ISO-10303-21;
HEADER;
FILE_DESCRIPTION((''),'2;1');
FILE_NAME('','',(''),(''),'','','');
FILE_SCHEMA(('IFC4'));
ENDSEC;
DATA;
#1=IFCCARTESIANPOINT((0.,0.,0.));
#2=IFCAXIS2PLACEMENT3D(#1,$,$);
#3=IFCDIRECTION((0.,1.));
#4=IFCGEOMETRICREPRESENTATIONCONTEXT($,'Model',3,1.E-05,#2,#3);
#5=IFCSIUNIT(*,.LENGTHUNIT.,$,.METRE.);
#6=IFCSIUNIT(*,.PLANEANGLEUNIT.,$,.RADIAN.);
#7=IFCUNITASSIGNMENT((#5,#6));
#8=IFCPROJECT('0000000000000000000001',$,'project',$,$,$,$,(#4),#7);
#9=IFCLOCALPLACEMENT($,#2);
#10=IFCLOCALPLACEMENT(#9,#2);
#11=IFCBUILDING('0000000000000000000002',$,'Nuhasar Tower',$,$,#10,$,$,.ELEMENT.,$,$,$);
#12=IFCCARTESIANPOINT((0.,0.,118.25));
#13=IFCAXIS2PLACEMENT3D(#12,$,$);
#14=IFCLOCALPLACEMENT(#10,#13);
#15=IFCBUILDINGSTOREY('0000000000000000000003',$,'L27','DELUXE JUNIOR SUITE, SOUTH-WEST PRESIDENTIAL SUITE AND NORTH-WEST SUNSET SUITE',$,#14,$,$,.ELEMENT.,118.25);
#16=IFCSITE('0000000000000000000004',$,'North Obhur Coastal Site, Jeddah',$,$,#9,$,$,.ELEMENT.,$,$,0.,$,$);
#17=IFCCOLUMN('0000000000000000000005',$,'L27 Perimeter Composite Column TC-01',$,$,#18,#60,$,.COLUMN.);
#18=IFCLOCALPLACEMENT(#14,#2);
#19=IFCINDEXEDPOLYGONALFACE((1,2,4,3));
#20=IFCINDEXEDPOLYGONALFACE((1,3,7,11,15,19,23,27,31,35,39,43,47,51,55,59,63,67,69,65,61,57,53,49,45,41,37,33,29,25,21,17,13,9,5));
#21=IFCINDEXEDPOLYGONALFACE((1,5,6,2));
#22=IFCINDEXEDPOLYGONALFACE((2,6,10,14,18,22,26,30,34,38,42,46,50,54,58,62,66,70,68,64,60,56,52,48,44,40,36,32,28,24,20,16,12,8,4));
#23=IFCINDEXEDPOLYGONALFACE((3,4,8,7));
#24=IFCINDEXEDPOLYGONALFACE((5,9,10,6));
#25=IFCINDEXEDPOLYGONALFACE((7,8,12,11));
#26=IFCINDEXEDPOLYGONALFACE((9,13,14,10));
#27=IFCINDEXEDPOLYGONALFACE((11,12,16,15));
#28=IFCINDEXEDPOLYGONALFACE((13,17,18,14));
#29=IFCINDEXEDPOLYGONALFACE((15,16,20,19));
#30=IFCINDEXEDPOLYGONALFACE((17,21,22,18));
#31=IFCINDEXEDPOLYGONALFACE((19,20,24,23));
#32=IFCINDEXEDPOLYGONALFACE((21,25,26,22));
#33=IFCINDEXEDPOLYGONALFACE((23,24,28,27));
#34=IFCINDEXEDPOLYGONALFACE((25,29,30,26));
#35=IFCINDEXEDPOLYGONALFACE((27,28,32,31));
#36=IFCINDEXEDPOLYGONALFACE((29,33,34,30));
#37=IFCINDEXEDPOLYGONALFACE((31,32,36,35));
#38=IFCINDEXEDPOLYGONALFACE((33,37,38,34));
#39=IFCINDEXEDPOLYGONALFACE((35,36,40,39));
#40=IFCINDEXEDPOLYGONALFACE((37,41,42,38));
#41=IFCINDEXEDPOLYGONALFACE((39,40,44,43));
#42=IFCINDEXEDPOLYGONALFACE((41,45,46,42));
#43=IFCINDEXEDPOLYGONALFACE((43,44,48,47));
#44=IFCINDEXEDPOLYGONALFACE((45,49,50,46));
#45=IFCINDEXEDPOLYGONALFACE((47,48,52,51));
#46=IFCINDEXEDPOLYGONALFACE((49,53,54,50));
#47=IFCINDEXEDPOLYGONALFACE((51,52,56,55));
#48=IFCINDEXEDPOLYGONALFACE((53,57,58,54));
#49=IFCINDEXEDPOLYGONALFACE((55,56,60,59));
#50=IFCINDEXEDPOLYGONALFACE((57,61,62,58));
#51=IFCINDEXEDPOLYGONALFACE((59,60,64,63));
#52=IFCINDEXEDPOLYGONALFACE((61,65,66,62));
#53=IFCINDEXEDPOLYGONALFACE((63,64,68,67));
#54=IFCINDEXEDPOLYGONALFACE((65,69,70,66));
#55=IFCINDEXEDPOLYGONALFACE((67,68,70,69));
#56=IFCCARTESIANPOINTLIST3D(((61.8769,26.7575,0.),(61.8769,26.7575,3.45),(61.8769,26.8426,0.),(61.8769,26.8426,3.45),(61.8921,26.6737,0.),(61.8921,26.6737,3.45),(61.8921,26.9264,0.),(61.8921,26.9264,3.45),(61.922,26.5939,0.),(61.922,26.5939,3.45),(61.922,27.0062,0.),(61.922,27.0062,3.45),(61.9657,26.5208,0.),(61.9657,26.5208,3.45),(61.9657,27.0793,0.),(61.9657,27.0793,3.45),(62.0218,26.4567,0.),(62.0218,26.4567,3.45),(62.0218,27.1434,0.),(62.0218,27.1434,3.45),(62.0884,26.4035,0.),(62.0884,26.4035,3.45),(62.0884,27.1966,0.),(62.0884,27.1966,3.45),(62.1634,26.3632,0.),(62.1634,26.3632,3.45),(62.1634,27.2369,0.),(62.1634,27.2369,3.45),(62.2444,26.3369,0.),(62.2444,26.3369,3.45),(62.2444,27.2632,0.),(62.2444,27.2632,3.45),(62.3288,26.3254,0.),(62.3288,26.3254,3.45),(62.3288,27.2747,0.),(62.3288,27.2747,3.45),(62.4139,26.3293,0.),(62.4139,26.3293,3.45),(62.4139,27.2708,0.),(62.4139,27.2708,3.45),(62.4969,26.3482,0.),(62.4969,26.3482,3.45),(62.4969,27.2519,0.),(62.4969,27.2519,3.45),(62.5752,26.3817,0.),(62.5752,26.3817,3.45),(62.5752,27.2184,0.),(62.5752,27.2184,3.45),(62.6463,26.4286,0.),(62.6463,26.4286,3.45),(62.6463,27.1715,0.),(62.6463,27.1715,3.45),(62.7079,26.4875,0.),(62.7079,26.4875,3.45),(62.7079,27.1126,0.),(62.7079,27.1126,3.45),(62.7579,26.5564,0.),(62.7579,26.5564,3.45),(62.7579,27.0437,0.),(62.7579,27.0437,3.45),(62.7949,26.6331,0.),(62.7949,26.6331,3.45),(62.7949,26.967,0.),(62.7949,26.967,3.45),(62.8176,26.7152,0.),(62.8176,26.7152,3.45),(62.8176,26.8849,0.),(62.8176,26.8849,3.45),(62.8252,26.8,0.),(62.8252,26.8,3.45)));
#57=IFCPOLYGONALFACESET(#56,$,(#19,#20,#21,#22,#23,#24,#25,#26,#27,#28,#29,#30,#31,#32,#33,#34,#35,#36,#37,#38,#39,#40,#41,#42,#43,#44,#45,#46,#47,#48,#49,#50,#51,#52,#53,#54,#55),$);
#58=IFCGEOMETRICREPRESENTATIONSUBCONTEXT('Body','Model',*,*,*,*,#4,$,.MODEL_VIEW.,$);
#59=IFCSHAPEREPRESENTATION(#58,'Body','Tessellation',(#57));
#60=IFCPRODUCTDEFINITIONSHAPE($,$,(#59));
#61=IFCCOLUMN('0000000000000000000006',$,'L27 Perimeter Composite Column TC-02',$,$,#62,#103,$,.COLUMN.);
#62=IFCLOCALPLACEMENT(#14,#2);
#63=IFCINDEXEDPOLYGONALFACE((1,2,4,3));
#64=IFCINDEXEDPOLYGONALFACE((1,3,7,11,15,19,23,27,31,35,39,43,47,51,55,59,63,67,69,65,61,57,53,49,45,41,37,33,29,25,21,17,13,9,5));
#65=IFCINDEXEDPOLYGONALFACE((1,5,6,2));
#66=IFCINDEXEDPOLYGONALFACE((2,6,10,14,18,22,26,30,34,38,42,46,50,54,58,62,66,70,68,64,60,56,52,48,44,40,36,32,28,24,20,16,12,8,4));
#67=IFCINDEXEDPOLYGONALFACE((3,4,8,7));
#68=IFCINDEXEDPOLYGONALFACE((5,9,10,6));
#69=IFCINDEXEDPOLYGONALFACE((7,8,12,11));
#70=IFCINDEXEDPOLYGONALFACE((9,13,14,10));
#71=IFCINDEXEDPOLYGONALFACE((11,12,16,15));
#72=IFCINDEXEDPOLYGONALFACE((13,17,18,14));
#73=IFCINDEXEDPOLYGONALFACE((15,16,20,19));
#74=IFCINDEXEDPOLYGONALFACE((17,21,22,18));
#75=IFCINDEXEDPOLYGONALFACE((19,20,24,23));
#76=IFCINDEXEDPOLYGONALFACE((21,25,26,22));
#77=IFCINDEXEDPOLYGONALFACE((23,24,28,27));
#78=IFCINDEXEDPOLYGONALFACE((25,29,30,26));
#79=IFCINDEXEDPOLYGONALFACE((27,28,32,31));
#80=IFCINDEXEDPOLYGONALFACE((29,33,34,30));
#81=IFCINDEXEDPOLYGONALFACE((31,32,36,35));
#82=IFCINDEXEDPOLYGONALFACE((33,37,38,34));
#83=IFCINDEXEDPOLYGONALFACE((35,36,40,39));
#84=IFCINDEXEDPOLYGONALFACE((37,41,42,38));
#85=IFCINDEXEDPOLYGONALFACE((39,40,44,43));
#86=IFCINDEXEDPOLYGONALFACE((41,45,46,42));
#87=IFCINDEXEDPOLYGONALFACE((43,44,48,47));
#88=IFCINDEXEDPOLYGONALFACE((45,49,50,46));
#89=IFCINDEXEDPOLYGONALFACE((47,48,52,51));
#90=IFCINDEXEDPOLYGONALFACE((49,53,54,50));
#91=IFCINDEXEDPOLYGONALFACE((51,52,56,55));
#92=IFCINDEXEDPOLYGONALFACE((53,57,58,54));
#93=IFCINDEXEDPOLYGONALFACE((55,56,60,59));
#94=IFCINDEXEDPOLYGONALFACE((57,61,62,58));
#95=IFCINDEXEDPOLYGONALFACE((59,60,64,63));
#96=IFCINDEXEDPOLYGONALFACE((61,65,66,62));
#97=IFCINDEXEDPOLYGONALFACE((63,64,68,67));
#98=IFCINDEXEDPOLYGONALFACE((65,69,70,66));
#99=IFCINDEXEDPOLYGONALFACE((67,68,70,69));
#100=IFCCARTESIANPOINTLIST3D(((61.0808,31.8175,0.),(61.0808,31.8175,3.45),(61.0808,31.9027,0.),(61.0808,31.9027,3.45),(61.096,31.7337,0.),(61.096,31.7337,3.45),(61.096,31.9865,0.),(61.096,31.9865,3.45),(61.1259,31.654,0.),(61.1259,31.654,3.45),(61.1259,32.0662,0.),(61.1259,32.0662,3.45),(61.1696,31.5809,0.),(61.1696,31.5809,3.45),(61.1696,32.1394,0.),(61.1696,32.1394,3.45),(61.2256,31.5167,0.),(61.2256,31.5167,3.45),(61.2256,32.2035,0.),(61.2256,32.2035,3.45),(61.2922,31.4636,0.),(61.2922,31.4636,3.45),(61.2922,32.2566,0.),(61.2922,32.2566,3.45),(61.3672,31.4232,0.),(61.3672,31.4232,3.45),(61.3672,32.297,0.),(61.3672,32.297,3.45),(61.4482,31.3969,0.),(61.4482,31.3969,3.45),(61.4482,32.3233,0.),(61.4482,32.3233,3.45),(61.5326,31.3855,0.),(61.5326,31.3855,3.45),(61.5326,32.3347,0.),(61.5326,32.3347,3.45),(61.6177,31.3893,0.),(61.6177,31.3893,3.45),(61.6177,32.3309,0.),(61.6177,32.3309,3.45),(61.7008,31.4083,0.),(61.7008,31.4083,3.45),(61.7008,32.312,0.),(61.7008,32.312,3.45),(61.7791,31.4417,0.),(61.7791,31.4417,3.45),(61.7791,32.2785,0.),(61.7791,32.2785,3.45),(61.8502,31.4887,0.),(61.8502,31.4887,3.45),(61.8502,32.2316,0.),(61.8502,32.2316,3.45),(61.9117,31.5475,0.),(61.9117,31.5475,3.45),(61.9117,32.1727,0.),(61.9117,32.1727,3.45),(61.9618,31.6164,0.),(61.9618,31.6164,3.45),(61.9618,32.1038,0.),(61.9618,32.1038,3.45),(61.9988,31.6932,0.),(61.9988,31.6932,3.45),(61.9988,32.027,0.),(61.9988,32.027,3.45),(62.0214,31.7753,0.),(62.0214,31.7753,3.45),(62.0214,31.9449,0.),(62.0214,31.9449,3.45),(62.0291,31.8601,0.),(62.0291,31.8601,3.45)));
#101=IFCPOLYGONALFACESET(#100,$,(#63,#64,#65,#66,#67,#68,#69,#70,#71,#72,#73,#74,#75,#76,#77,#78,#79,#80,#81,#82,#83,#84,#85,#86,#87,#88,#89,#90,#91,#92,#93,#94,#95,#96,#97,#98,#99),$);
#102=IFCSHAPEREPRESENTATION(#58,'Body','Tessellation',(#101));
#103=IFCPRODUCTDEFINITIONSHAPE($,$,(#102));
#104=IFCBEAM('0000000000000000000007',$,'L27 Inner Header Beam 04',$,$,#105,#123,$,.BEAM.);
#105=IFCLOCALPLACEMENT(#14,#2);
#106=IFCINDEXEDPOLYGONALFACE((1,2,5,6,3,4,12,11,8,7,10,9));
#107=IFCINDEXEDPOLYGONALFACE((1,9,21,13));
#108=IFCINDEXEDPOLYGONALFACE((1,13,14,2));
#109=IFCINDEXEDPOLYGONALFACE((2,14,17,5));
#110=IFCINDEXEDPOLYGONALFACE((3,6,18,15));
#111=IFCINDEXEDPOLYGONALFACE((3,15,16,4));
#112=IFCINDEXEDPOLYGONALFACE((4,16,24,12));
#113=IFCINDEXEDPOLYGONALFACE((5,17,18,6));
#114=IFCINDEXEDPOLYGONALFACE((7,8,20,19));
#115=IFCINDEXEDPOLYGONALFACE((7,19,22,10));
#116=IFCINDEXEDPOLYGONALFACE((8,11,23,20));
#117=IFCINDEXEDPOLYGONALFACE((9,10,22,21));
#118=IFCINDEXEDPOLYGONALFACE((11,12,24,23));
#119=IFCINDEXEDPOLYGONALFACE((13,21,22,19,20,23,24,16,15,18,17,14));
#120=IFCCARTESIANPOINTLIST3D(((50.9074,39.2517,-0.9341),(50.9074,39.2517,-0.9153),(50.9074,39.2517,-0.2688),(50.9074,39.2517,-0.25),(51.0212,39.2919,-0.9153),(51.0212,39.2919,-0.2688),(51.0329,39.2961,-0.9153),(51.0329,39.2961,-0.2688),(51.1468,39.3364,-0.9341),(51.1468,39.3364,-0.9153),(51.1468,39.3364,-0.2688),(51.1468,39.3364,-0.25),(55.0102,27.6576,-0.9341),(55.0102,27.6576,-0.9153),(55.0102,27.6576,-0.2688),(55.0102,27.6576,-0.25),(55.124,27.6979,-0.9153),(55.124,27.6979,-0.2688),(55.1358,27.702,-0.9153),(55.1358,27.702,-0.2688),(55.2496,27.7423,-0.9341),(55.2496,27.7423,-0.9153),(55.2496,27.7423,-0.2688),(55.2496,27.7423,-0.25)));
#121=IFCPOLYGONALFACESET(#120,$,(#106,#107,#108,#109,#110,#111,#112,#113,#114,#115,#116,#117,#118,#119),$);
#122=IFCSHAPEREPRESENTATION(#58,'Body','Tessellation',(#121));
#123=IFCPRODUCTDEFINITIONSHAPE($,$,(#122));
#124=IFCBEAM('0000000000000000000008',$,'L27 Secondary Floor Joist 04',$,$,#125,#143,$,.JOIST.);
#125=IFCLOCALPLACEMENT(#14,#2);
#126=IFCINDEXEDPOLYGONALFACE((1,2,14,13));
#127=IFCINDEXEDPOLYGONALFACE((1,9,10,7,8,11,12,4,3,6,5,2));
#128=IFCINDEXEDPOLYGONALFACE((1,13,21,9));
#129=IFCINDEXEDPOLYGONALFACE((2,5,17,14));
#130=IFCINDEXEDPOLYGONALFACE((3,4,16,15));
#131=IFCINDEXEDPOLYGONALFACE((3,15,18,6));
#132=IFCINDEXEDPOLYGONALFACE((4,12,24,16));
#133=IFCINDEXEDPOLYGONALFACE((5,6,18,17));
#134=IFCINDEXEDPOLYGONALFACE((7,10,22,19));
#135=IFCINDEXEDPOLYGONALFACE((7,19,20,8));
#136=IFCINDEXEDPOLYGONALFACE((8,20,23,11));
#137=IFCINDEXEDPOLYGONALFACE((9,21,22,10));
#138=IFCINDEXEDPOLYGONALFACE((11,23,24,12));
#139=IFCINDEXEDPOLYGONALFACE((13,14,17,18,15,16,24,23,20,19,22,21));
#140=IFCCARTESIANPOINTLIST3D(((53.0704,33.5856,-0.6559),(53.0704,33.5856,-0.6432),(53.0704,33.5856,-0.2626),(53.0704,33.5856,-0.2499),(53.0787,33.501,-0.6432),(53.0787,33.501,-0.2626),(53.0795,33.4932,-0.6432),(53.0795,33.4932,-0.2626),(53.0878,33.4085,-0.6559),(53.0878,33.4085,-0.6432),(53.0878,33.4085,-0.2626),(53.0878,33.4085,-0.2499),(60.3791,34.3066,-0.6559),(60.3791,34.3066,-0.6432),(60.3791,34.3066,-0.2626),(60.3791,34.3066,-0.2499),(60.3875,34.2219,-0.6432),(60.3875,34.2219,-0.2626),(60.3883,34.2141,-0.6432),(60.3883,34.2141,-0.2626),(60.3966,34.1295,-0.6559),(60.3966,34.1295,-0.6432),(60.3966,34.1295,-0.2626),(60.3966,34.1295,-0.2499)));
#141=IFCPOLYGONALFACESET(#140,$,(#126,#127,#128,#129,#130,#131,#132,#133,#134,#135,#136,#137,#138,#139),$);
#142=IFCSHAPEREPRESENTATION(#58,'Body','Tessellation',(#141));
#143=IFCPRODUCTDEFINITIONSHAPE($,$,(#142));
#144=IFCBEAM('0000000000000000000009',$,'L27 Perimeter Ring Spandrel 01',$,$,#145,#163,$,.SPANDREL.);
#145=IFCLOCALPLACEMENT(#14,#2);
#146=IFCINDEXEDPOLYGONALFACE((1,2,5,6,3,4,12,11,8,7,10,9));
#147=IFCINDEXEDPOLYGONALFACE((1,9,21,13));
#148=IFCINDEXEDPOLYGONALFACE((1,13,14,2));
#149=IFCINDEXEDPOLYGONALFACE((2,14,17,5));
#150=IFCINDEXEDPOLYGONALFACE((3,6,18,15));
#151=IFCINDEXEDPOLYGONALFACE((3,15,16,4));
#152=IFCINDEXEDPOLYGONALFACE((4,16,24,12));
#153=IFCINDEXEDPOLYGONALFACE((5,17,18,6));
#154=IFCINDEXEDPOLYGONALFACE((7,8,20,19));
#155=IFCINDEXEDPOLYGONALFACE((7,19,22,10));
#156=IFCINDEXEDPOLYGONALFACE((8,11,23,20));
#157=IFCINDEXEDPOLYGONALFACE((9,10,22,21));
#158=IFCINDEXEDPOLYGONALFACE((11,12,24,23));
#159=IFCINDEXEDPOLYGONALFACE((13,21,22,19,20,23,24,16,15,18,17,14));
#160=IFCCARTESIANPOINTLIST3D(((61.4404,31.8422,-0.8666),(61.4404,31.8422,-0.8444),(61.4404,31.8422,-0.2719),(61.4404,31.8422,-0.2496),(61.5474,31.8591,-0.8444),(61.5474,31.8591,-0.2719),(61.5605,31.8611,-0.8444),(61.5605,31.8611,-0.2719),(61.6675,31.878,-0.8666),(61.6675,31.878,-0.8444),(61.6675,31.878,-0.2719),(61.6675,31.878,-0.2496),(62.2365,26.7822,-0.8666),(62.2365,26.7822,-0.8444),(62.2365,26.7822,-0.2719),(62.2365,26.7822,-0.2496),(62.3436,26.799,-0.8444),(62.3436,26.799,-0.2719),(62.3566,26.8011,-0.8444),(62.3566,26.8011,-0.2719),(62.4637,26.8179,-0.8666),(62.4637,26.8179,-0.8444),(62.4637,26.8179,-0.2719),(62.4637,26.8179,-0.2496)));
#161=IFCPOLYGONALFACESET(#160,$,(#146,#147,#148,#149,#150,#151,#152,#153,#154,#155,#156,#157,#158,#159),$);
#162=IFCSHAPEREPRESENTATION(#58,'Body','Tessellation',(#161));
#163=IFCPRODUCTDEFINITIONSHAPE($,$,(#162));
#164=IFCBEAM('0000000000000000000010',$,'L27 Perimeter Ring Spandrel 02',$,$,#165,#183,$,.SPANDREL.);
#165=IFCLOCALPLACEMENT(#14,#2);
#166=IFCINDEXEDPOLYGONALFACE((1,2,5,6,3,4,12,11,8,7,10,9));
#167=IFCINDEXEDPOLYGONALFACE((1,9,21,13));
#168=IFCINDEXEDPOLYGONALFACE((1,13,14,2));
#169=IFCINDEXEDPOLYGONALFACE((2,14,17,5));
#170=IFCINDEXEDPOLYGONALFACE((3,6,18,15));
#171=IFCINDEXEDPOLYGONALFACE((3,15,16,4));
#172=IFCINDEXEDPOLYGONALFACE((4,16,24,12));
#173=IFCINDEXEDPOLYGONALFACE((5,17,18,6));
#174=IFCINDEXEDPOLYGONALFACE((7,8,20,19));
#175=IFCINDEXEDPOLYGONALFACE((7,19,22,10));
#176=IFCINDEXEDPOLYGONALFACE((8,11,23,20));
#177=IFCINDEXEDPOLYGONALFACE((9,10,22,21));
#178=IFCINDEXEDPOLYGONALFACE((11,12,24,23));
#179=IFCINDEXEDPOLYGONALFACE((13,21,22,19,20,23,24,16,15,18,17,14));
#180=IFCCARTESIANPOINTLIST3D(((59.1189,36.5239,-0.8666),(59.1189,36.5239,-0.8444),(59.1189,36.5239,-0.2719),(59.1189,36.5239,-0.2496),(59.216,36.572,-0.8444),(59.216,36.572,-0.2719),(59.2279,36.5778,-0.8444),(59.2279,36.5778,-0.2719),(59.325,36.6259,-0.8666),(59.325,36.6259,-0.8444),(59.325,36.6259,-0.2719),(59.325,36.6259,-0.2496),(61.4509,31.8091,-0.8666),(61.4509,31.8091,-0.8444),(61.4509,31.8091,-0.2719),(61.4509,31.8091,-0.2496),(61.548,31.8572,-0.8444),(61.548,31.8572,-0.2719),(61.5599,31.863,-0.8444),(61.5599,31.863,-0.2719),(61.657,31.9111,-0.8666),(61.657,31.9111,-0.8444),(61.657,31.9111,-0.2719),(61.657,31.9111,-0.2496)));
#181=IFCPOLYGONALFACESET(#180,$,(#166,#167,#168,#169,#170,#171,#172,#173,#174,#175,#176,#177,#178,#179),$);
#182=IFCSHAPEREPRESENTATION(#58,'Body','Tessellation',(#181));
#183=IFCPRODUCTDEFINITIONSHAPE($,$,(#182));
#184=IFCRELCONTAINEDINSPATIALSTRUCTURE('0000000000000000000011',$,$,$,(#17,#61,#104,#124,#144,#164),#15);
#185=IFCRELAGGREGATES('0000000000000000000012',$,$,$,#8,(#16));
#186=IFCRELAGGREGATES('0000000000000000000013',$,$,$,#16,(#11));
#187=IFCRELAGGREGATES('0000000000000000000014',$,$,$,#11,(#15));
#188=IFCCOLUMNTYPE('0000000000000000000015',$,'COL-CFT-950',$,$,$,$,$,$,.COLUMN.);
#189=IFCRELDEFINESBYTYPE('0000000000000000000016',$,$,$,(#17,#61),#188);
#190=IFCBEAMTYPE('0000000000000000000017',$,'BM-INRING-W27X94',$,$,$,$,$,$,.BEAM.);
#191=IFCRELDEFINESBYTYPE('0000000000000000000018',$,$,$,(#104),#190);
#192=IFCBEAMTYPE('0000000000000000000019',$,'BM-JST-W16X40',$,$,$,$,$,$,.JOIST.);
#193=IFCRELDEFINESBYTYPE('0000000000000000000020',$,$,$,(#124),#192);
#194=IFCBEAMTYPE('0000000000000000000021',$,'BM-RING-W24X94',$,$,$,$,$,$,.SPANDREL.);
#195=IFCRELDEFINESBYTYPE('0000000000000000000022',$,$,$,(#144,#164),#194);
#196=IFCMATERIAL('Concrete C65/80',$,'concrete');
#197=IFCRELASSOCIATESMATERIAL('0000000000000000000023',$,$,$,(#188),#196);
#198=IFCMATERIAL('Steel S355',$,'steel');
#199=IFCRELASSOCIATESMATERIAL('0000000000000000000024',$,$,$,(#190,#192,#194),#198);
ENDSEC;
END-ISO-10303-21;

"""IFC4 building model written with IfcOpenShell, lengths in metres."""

from ifc_helpers import new_model, si_unit, direction, frame, origin, origin_2d, place, context, subcontext, project, spatial, circle, i_section, extrude, material, material_profile, profile_set, type_object, element, save


model = new_model("IFC4")

# Units and contexts
model_context = context("Model", 3, precision=1e-05, world=origin(), true_north=direction((0.0, 1.0)))
body_context = subcontext(model_context, "Body", "Model", "MODEL_VIEW")
ifc_project = project(units=[si_unit("LENGTHUNIT", "METRE"), si_unit("PLANEANGLEUNIT", "RADIAN")], contexts=[model_context])

# Site, building, storey
site_placement = place(None, origin())
site = spatial("IfcSite", under=ifc_project, at=site_placement, Name="North Obhur Coastal Site, Jeddah", CompositionType="ELEMENT", RefElevation=0.0)
building_placement = place(site_placement, origin())
building = spatial("IfcBuilding", under=site, at=building_placement, Name="Nuhasar Tower", CompositionType="ELEMENT")
storey_placement = place(building_placement, frame((0.0, 0.0, 118.25)))
storey = spatial("IfcBuildingStorey", under=building, at=storey_placement, Name="L27", Description="DELUXE JUNIOR SUITE, SOUTH-WEST PRESIDENTIAL SUITE AND NORTH-WEST SUNSET SUITE", CompositionType="ELEMENT", Elevation=118.25)

# Columns
ifc_material_1 = material(Name="Concrete C65/80", Category="concrete")
ifc_material_profile_1 = material_profile(ifc_material_1, circle(Radius=0.4751, at=origin_2d()), Name="CFT950")
ifc_profile_set_1 = profile_set([ifc_material_profile_1], Name="Concrete C65/80")
column_type = type_object("IfcColumnType", Name="COL-CFT-950", PredefinedType="COLUMN", material=ifc_profile_set_1)
for number, where, z_axis, x_axis, name in (
    (1, (62.3501, 26.8, 0.0), (0.0, 0.0, 1.0), (1.0, 0.0, 0.0), "L27 Perimeter Composite Column TC-01"),
    (2, (61.554, 31.8601, 0.0), (0.0, 0.0, 1.0), (1.0, 0.0, 0.0), "L27 Perimeter Composite Column TC-02"),
):
    element("IfcColumn", number, at=place(storey_placement, frame(where, z_axis=z_axis, x_axis=x_axis)), inside=storey, type_object=column_type, Name=name, PredefinedType="COLUMN", context=body_context, shape_type="SweptSolid", body=[
        extrude(circle(Radius=0.4751, at=origin_2d()), origin(), (0.0, 0.0, 1.0), 3.45),
    ])

# Beams
ifc_material_2 = material(Name="Steel S355", Category="steel")
ifc_material_profile_2 = material_profile(ifc_material_2, i_section(OverallWidth=0.2539, OverallDepth=0.6841, WebThickness=0.0125, FlangeThickness=0.0188, at=origin_2d()), Name="W27X94")
ifc_profile_set_2 = profile_set([ifc_material_profile_2], Name="Steel S355")
beam_type_1 = type_object("IfcBeamType", Name="BM-INRING-W27X94", PredefinedType="BEAM", material=ifc_profile_set_2)
beam_1_placement = place(storey_placement, frame((55.1299, 27.7, -0.592), z_axis=(-0.3336, 0.942715, 0.0), x_axis=(-0.942715, -0.3336, 0.0)))
element("IfcBeam", 3, at=beam_1_placement, inside=storey, type_object=beam_type_1, Name="L27 Inner Header Beam 04", PredefinedType="BEAM", context=body_context, shape_type="SweptSolid", body=[
    extrude(i_section(OverallWidth=0.2539, OverallDepth=0.6841, WebThickness=0.0125, FlangeThickness=0.0188, at=origin_2d()), origin(), (0.0, 0.0, 1.0), 12.2986),
])
ifc_material_profile_3 = material_profile(ifc_material_2, i_section(OverallWidth=0.178, OverallDepth=0.406, WebThickness=0.0078, FlangeThickness=0.0127, at=origin_2d()), Name="W16X40")
ifc_profile_set_3 = profile_set([ifc_material_profile_3], Name="Steel S355")
beam_type_2 = type_object("IfcBeamType", Name="BM-JST-W16X40", PredefinedType="JOIST", material=ifc_profile_set_3)
beam_2_placement = place(storey_placement, frame((53.0791, 33.4971, -0.4529), z_axis=(0.99517, 0.098164, 0.0), x_axis=(-0.098164, 0.99517, 0.0)))
element("IfcBeam", 4, at=beam_2_placement, inside=storey, type_object=beam_type_2, Name="L27 Secondary Floor Joist 04", PredefinedType="JOIST", context=body_context, shape_type="SweptSolid", body=[
    extrude(i_section(OverallWidth=0.178, OverallDepth=0.406, WebThickness=0.0078, FlangeThickness=0.0127, at=origin_2d()), origin(), (0.0, 0.0, 1.0), 7.3442),
])
ifc_material_profile_4 = material_profile(ifc_material_2, i_section(OverallWidth=0.23, OverallDepth=0.6169, WebThickness=0.0132, FlangeThickness=0.0222, at=origin_2d()), Name="W24X94")
ifc_profile_set_4 = profile_set([ifc_material_profile_4], Name="Steel S355")
beam_type_3 = type_object("IfcBeamType", Name="BM-RING-W24X94", PredefinedType="SPANDREL", material=ifc_profile_set_4)
beam_3_placement = place(storey_placement, frame((62.3501, 26.8, -0.5581), z_axis=(-0.155427, 0.987847, 0.0), x_axis=(-0.987847, -0.155427, 0.0)))
element("IfcBeam", 5, at=beam_3_placement, inside=storey, type_object=beam_type_3, Name="L27 Perimeter Ring Spandrel 01", PredefinedType="SPANDREL", context=body_context, shape_type="SweptSolid", body=[
    extrude(i_section(OverallWidth=0.23, OverallDepth=0.6169, WebThickness=0.0132, FlangeThickness=0.0222, at=origin_2d()), origin(), (0.0, 0.0, 1.0), 5.1223),
])
beam_4_placement = place(storey_placement, frame((61.554, 31.8601, -0.5581), z_axis=(-0.443348, 0.89635, 0.0), x_axis=(-0.89635, -0.443348, 0.0)))
element("IfcBeam", 6, at=beam_4_placement, inside=storey, type_object=beam_type_3, Name="L27 Perimeter Ring Spandrel 02", PredefinedType="SPANDREL", context=body_context, shape_type="SweptSolid", body=[
    extrude(i_section(OverallWidth=0.23, OverallDepth=0.6169, WebThickness=0.0132, FlangeThickness=0.0222, at=origin_2d()), origin(), (0.0, 0.0, 1.0), 5.26),
])

save(model, "model.ifc")
